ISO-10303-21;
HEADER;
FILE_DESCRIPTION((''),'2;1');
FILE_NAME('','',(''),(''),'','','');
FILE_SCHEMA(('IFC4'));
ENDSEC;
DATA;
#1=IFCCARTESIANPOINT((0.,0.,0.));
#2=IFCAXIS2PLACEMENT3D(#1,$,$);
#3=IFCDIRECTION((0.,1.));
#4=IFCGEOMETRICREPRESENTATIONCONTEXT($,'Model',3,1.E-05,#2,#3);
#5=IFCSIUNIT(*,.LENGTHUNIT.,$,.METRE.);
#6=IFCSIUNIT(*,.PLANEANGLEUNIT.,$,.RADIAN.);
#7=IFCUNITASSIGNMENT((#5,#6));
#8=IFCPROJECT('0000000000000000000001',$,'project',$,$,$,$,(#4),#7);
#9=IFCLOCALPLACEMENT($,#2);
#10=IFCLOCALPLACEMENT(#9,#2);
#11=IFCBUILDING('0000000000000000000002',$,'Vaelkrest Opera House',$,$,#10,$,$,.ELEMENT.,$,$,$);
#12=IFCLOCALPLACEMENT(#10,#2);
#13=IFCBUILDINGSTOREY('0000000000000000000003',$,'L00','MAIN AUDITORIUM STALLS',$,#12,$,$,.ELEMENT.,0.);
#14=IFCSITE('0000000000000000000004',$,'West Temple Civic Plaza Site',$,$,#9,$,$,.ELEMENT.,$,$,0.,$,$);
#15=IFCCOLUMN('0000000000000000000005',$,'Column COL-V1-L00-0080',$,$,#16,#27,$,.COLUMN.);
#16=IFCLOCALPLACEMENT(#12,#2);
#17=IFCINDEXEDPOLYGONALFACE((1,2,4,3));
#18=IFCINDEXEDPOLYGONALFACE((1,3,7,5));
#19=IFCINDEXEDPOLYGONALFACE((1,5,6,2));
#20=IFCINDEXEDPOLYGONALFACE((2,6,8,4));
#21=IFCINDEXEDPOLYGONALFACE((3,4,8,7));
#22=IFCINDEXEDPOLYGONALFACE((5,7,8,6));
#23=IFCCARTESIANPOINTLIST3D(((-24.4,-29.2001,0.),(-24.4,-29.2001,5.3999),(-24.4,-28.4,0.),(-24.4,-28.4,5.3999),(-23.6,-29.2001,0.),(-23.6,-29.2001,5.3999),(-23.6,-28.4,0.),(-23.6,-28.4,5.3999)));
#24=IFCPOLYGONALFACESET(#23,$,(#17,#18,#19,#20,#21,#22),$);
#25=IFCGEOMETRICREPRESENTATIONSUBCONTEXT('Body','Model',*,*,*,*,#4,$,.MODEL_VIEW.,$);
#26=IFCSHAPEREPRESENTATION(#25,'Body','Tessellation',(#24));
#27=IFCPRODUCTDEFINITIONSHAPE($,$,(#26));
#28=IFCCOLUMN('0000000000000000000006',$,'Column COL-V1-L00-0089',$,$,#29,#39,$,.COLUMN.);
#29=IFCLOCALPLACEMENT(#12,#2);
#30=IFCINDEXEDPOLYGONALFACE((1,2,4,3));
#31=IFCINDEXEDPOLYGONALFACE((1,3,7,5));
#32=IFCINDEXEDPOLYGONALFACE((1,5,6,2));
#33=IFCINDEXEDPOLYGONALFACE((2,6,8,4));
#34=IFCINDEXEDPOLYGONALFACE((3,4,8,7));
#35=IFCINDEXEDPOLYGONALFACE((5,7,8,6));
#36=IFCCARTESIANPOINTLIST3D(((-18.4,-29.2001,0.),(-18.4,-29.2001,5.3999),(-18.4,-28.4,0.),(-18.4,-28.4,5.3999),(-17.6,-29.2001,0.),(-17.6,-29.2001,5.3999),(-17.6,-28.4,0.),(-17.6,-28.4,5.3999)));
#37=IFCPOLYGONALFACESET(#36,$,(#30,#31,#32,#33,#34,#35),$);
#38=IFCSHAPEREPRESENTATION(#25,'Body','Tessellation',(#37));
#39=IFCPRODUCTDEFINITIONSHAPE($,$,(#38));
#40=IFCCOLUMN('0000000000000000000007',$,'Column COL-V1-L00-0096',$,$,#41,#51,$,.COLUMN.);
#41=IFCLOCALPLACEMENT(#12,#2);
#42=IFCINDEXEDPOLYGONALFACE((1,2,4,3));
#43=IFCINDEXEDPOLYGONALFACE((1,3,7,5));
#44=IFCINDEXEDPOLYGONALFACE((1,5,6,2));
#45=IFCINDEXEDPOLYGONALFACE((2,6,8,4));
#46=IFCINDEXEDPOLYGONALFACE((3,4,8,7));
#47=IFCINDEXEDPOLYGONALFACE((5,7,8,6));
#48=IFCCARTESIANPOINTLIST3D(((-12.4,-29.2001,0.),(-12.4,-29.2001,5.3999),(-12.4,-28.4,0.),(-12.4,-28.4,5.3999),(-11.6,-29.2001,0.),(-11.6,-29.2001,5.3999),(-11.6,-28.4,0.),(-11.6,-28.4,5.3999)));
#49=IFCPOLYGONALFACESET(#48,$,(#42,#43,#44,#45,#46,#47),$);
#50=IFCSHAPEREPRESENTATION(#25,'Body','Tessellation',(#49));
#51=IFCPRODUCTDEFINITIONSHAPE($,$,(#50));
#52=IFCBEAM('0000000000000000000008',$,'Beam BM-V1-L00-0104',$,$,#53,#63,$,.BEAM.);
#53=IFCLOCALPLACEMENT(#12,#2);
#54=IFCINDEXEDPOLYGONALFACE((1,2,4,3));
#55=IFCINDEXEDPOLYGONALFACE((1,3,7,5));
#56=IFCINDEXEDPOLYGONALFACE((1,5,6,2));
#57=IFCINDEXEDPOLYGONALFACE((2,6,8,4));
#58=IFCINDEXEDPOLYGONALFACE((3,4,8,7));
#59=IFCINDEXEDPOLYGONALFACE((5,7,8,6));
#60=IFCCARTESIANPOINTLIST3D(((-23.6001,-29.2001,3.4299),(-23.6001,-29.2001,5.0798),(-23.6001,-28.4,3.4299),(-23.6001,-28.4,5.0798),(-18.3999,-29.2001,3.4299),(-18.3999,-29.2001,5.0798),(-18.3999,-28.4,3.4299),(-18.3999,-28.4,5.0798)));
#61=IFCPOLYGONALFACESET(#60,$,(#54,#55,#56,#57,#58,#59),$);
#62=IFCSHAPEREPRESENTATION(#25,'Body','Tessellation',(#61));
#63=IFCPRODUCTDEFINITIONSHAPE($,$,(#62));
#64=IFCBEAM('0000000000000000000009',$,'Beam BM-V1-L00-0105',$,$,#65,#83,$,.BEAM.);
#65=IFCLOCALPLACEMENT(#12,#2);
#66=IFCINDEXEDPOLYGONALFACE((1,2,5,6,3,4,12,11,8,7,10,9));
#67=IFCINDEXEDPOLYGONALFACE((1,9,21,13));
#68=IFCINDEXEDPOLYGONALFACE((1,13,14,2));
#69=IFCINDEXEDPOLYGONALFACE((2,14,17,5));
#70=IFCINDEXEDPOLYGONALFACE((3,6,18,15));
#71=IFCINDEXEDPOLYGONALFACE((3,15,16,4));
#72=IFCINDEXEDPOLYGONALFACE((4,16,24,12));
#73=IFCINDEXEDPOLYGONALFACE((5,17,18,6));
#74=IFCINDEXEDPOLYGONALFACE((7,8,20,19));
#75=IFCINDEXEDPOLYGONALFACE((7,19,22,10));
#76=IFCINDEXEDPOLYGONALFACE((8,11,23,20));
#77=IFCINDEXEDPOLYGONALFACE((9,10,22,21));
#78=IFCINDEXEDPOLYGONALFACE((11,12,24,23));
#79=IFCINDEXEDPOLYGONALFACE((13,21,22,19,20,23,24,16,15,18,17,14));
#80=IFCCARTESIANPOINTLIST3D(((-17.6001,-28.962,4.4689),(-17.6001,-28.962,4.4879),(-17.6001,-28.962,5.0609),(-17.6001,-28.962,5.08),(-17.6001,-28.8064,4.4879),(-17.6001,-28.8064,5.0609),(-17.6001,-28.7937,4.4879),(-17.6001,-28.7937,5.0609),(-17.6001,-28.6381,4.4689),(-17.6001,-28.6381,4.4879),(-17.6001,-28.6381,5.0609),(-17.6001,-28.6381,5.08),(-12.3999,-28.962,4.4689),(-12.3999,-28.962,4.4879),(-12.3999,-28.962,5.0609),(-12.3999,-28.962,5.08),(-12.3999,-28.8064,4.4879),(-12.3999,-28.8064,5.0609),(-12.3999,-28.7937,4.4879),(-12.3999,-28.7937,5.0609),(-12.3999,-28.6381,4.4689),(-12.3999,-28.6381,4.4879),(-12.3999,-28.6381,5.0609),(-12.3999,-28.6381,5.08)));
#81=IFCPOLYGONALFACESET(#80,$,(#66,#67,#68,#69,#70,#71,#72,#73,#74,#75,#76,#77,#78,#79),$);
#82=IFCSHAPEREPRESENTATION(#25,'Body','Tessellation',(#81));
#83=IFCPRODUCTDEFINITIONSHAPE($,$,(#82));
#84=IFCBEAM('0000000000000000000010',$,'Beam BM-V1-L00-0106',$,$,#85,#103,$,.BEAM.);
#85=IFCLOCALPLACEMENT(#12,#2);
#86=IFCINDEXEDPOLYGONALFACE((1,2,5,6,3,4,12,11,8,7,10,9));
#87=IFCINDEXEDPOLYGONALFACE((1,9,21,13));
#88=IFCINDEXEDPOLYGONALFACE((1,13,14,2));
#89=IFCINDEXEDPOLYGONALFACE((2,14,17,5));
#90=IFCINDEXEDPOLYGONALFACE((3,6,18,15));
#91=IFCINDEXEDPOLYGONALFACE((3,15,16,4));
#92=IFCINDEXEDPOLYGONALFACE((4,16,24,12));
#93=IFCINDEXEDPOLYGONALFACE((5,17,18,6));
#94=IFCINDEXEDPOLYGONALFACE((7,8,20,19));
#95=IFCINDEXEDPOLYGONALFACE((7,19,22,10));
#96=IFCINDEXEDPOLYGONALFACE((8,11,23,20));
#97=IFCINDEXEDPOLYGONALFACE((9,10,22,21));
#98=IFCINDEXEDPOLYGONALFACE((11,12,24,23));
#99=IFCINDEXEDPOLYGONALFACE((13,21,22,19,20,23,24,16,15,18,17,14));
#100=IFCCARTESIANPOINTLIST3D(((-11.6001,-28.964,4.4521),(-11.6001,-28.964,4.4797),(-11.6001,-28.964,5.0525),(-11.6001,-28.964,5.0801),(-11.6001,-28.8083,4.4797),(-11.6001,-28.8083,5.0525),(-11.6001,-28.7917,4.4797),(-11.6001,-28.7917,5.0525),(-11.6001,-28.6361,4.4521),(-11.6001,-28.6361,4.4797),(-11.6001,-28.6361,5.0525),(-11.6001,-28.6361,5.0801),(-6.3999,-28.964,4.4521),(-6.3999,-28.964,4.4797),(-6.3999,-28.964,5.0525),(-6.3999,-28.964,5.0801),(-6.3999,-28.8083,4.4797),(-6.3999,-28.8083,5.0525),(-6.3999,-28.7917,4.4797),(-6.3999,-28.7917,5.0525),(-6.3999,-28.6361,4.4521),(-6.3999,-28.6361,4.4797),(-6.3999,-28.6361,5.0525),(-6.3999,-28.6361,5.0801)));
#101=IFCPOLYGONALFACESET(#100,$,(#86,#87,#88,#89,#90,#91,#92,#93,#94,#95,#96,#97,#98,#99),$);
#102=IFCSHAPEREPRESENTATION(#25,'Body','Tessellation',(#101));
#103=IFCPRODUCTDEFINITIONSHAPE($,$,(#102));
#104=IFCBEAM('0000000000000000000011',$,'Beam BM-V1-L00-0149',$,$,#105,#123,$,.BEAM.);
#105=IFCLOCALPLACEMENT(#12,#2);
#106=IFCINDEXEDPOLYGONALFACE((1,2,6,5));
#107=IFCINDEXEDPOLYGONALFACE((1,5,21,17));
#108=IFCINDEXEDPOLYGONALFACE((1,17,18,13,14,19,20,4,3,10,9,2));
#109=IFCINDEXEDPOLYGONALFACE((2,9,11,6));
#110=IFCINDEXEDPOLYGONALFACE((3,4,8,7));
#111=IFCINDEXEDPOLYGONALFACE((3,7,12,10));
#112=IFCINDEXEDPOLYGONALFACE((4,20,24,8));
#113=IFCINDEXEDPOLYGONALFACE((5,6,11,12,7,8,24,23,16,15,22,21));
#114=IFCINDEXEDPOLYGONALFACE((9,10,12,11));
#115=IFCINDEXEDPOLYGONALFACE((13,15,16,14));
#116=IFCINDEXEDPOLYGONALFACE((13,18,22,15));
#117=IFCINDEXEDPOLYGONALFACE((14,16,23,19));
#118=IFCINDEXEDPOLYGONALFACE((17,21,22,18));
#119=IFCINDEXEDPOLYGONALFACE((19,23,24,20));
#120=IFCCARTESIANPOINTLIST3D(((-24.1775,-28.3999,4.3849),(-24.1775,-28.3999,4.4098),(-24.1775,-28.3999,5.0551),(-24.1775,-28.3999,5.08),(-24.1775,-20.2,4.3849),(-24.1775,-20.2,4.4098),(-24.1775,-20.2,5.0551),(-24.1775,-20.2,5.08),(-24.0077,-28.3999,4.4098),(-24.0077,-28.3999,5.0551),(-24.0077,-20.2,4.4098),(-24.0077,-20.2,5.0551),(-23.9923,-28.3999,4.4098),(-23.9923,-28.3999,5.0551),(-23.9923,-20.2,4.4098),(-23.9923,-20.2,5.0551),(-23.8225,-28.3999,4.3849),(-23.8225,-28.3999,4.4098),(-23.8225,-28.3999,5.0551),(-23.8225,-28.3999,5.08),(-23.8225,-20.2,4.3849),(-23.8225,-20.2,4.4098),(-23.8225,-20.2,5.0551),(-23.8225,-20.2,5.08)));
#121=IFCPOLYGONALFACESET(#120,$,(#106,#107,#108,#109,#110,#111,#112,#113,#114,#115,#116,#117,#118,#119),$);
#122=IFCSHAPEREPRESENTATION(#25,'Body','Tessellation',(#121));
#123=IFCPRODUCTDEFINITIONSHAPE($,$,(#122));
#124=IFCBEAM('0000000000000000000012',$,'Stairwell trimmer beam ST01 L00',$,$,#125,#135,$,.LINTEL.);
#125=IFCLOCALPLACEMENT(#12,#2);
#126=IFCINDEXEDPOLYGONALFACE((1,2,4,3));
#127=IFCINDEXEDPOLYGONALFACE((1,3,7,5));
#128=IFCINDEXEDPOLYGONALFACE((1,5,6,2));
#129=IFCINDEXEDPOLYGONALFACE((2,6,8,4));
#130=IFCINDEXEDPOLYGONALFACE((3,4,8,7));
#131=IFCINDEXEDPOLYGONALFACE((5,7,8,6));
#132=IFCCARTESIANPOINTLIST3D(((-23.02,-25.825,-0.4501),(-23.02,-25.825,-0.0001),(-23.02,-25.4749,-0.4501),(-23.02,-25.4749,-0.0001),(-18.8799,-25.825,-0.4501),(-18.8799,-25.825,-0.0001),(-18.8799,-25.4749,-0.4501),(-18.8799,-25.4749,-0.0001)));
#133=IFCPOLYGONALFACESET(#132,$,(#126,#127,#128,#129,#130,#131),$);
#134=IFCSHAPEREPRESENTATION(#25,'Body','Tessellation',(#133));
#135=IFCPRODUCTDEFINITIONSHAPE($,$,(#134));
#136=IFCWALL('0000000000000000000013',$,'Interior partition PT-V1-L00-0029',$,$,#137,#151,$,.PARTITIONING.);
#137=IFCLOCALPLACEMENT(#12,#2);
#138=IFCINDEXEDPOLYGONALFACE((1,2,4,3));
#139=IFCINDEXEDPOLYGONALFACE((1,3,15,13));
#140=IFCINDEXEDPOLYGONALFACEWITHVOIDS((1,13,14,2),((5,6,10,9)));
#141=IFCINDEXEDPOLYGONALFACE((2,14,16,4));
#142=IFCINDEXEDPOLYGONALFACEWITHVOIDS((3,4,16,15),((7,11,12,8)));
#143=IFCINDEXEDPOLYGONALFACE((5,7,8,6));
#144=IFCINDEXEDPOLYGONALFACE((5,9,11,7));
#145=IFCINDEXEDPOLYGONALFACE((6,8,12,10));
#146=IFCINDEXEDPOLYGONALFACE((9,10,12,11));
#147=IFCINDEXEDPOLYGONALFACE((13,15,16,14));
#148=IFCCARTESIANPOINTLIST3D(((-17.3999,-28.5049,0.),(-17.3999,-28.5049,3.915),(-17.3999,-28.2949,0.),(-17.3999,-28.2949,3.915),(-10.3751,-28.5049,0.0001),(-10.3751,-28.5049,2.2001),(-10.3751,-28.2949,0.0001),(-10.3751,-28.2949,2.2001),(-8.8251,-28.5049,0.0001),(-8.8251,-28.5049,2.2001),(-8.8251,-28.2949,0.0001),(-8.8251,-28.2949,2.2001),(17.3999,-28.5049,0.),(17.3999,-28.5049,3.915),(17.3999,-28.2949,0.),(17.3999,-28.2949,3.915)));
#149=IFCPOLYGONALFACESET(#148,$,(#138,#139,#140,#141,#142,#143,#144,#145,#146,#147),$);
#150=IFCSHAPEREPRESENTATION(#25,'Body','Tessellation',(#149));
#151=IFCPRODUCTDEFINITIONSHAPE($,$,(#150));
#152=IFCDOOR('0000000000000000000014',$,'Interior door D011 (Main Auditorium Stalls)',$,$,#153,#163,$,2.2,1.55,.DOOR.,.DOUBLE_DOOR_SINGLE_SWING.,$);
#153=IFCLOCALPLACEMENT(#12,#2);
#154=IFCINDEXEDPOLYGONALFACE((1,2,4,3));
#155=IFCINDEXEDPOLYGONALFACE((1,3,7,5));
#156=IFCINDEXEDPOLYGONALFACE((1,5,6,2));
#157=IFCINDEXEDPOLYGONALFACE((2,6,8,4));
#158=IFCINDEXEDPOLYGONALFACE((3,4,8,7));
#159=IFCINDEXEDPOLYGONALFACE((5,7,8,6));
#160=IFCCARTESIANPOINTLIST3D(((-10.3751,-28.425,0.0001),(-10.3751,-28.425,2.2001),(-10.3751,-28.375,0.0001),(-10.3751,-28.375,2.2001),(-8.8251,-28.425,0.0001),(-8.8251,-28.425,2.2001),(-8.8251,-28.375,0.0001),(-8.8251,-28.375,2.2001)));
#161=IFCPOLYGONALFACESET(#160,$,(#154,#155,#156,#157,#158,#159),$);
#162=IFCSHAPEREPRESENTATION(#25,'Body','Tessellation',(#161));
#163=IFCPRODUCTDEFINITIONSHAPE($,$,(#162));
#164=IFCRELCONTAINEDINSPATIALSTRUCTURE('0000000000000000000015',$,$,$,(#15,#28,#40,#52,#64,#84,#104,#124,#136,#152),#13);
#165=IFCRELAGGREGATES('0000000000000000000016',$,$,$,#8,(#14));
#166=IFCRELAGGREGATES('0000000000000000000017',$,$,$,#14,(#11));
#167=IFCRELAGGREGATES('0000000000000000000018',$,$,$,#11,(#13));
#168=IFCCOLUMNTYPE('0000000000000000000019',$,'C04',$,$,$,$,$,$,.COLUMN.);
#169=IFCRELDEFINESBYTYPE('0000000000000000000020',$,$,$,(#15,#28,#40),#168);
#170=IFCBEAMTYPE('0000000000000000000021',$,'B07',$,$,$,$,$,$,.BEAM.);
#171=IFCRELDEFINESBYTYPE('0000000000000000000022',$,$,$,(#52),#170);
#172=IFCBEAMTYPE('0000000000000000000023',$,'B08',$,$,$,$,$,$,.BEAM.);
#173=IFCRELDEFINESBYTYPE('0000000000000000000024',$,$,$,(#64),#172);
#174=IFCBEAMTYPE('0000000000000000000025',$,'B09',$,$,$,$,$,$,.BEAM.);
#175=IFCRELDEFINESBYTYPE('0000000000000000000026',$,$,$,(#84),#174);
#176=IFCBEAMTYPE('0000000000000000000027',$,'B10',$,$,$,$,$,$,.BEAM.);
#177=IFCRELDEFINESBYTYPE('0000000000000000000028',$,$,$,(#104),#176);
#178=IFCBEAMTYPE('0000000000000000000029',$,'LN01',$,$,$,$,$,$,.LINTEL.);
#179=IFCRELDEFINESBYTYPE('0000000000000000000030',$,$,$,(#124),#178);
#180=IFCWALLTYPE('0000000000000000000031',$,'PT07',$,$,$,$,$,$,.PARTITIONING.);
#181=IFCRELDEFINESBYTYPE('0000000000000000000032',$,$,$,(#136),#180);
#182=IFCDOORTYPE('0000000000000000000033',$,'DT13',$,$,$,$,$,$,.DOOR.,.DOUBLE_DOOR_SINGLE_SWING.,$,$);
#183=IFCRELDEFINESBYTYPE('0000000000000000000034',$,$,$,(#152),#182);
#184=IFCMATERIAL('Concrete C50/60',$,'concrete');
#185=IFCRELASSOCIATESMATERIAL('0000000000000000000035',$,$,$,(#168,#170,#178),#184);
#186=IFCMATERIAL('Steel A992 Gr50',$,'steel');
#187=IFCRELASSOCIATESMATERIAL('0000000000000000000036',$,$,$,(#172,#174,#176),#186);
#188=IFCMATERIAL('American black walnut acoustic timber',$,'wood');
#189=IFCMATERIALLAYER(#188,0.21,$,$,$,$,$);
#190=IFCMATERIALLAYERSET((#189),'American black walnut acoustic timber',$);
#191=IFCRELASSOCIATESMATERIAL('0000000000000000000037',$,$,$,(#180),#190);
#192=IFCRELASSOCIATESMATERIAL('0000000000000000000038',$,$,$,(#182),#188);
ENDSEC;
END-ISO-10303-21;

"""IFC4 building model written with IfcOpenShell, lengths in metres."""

from ifc_helpers import new_model, si_unit, direction, frame, frame_2d, origin, origin_2d, place, context, subcontext, project, spatial, rectangle, i_section, extrude, material, layer, layer_set, material_profile, profile_set, type_object, element, fill, save


model = new_model("IFC4")

# Units and contexts
model_context = context("Model", 3, precision=1e-05, world=origin(), true_north=direction((0.0, 1.0)))
body_context = subcontext(model_context, "Body", "Model", "MODEL_VIEW")
ifc_project = project(units=[si_unit("LENGTHUNIT", "METRE"), si_unit("PLANEANGLEUNIT", "RADIAN")], contexts=[model_context])

# Site, building, storey
site_placement = place(None, origin())
site = spatial("IfcSite", under=ifc_project, at=site_placement, Name="West Temple Civic Plaza Site", CompositionType="ELEMENT", RefElevation=0.0)
building_placement = place(site_placement, origin())
building = spatial("IfcBuilding", under=site, at=building_placement, Name="Vaelkrest Opera House", CompositionType="ELEMENT")
storey_placement = place(building_placement, origin())
storey = spatial("IfcBuildingStorey", under=building, at=storey_placement, Name="L00", Description="MAIN AUDITORIUM STALLS", CompositionType="ELEMENT", Elevation=0.0)

# Columns
ifc_material_1 = material(Name="Concrete C50/60", Category="concrete")
ifc_material_profile_1 = material_profile(ifc_material_1, rectangle(XDim=0.8, YDim=0.8, at=origin_2d()), Name="RC800X800")
ifc_profile_set_1 = profile_set([ifc_material_profile_1], Name="Concrete C50/60")
column_type = type_object("IfcColumnType", Name="C04", PredefinedType="COLUMN", material=ifc_profile_set_1)
for number, where, z_axis, x_axis, name in (
    (1, (-24.0, -28.8, 0.0), (0.0, 0.0, 1.0), (1.0, 0.0, 0.0), "Column COL-V1-L00-0080"),
    (2, (-18.0, -28.8, 0.0), (0.0, 0.0, 1.0), (1.0, 0.0, 0.0), "Column COL-V1-L00-0089"),
    (3, (-12.0, -28.8, 0.0), (0.0, 0.0, 1.0), (1.0, 0.0, 0.0), "Column COL-V1-L00-0096"),
):
    element("IfcColumn", number, at=place(storey_placement, frame(where, z_axis=z_axis, x_axis=x_axis)), inside=storey, type_object=column_type, Name=name, PredefinedType="COLUMN", context=body_context, shape_type="SweptSolid", body=[
        extrude(rectangle(XDim=0.8, YDim=0.8, at=origin_2d()), origin(), (0.0, 0.0, 1.0), 5.3999),
    ])

# Beams
ifc_material_profile_2 = material_profile(ifc_material_1, rectangle(XDim=0.8, YDim=1.6499, at=origin_2d()), Name="RCB800X1650")
ifc_profile_set_2 = profile_set([ifc_material_profile_2], Name="Concrete C50/60")
beam_type_1 = type_object("IfcBeamType", Name="B07", PredefinedType="BEAM", material=ifc_profile_set_2)
beam_1_placement = place(storey_placement, frame((-23.6001, -28.8, 4.2549), z_axis=(1.0, 0.0, 0.0), x_axis=(0.0, 1.0, 0.0)))
element("IfcBeam", 4, at=beam_1_placement, inside=storey, type_object=beam_type_1, Name="Beam BM-V1-L00-0104", PredefinedType="BEAM", context=body_context, shape_type="SweptSolid", body=[
    extrude(rectangle(XDim=0.8, YDim=1.6499, at=origin_2d()), origin(), (0.0, 0.0, 1.0), 5.2002),
])
ifc_material_2 = material(Name="Steel A992 Gr50", Category="steel")
ifc_material_profile_3 = material_profile(ifc_material_2, i_section(OverallWidth=0.324, OverallDepth=0.6111, WebThickness=0.0127, FlangeThickness=0.019, at=origin_2d()), Name="W24X104")
ifc_profile_set_3 = profile_set([ifc_material_profile_3], Name="Steel A992 Gr50")
beam_type_2 = type_object("IfcBeamType", Name="B08", PredefinedType="BEAM", material=ifc_profile_set_3)
beam_2_placement = place(storey_placement, frame((-17.6001, -28.8, 4.7744), z_axis=(1.0, 0.0, 0.0), x_axis=(0.0, 1.0, 0.0)))
element("IfcBeam", 5, at=beam_2_placement, inside=storey, type_object=beam_type_2, Name="Beam BM-V1-L00-0105", PredefinedType="BEAM", context=body_context, shape_type="SweptSolid", body=[
    extrude(i_section(OverallWidth=0.324, OverallDepth=0.6111, WebThickness=0.0127, FlangeThickness=0.019, at=origin_2d()), origin(), (0.0, 0.0, 1.0), 5.2002),
])
ifc_material_profile_4 = material_profile(ifc_material_2, i_section(OverallWidth=0.3279, OverallDepth=0.6279, WebThickness=0.0166, FlangeThickness=0.0276, at=origin_2d()), Name="W24X146")
ifc_profile_set_4 = profile_set([ifc_material_profile_4], Name="Steel A992 Gr50")
beam_type_3 = type_object("IfcBeamType", Name="B09", PredefinedType="BEAM", material=ifc_profile_set_4)
beam_3_placement = place(storey_placement, frame((-11.6001, -28.8, 4.7661), z_axis=(1.0, 0.0, 0.0), x_axis=(0.0, 1.0, 0.0)))
element("IfcBeam", 6, at=beam_3_placement, inside=storey, type_object=beam_type_3, Name="Beam BM-V1-L00-0106", PredefinedType="BEAM", context=body_context, shape_type="SweptSolid", body=[
    extrude(i_section(OverallWidth=0.3279, OverallDepth=0.6279, WebThickness=0.0166, FlangeThickness=0.0276, at=origin_2d()), origin(), (0.0, 0.0, 1.0), 5.2002),
])
ifc_material_profile_5 = material_profile(ifc_material_2, i_section(OverallWidth=0.355, OverallDepth=0.6951, WebThickness=0.0154, FlangeThickness=0.0249, at=origin_2d()), Name="W27X146")
ifc_profile_set_5 = profile_set([ifc_material_profile_5], Name="Steel A992 Gr50")
beam_type_4 = type_object("IfcBeamType", Name="B10", PredefinedType="BEAM", material=ifc_profile_set_5)
beam_4_placement = place(storey_placement, frame((-24.0, -28.3999, 4.7324), z_axis=(0.0, 1.0, 0.0), x_axis=(-1.0, 0.0, 0.0)))
element("IfcBeam", 7, at=beam_4_placement, inside=storey, type_object=beam_type_4, Name="Beam BM-V1-L00-0149", PredefinedType="BEAM", context=body_context, shape_type="SweptSolid", body=[
    extrude(i_section(OverallWidth=0.355, OverallDepth=0.6951, WebThickness=0.0154, FlangeThickness=0.0249, at=origin_2d()), origin(), (0.0, 0.0, 1.0), 8.2),
])
ifc_material_profile_6 = material_profile(ifc_material_1, rectangle(XDim=0.3501, YDim=0.45, at=origin_2d()), Name="RCB350X450")
ifc_profile_set_6 = profile_set([ifc_material_profile_6], Name="Concrete C50/60")
beam_type_5 = type_object("IfcBeamType", Name="LN01", PredefinedType="LINTEL", material=ifc_profile_set_6)
beam_5_placement = place(storey_placement, frame((-23.02, -25.6499, -0.2251), z_axis=(1.0, 0.0, 0.0), x_axis=(0.0, 1.0, 0.0)))
element("IfcBeam", 8, at=beam_5_placement, inside=storey, type_object=beam_type_5, Name="Stairwell trimmer beam ST01 L00", PredefinedType="LINTEL", context=body_context, shape_type="SweptSolid", body=[
    extrude(rectangle(XDim=0.3501, YDim=0.45, at=origin_2d()), origin(), (0.0, 0.0, 1.0), 4.1401),
])

# Wall, opening, door
ifc_material_3 = material(Name="American black walnut acoustic timber", Category="wood")
ifc_layer_1 = layer(ifc_material_3, 0.21)
ifc_layer_set_1 = layer_set([ifc_layer_1], Name="American black walnut acoustic timber")
wall_type_1 = type_object("IfcWallType", Name="PT07", PredefinedType="PARTITIONING", material=ifc_layer_set_1)
wall_1_placement = place(storey_placement, frame((-17.3999, -28.3999, 0.0), z_axis=(0.0, 0.0, 1.0), x_axis=(1.0, 0.0, 0.0)))
wall_1 = element("IfcWall", 9, at=wall_1_placement, inside=storey, type_object=wall_type_1, Name="Interior partition PT-V1-L00-0029", PredefinedType="PARTITIONING", context=body_context, shape_type="SweptSolid", body=[
    extrude(rectangle(XDim=34.7998, YDim=0.21, at=frame_2d((17.3999, 0.0))), origin(), (0.0, 0.0, 1.0), 3.915),
])
opening_1_placement = place(wall_1_placement, frame((7.0249, 0.0, 0.0)))
opening_1 = element("IfcOpeningElement", 10, at=opening_1_placement, cuts=wall_1, PredefinedType="OPENING", context=body_context, shape_type="SweptSolid", body=[
    extrude(rectangle(XDim=1.55, YDim=2.2, at=frame_2d((0.7749, 1.1001))), frame((0.0, 0.115, 0.0), z_axis=(0.0, -1.0, 0.0), x_axis=(1.0, 0.0, 0.0)), (0.0, 0.0, 1.0), 0.23),
])
door_type_1 = type_object("IfcDoorType", Name="DT13", OperationType="DOUBLE_DOOR_SINGLE_SWING", PredefinedType="DOOR", material=ifc_material_3)
door_1_placement = place(opening_1_placement, origin())
door_1 = element("IfcDoor", 11, at=door_1_placement, inside=storey, type_object=door_type_1, Name="Interior door D011 (Main Auditorium Stalls)", OperationType="DOUBLE_DOOR_SINGLE_SWING", OverallHeight=2.2, OverallWidth=1.55, PredefinedType="DOOR", context=body_context, shape_type="SweptSolid", body=[
    extrude(rectangle(XDim=1.55, YDim=2.2, at=frame_2d((0.7749, 1.1001))), frame((0.0, 0.0249, 0.0), z_axis=(0.0, -1.0, 0.0), x_axis=(1.0, 0.0, 0.0)), (0.0, 0.0, 1.0), 0.05),
])
fill(opening_1, door_1)

save(model, "model.ifc")
